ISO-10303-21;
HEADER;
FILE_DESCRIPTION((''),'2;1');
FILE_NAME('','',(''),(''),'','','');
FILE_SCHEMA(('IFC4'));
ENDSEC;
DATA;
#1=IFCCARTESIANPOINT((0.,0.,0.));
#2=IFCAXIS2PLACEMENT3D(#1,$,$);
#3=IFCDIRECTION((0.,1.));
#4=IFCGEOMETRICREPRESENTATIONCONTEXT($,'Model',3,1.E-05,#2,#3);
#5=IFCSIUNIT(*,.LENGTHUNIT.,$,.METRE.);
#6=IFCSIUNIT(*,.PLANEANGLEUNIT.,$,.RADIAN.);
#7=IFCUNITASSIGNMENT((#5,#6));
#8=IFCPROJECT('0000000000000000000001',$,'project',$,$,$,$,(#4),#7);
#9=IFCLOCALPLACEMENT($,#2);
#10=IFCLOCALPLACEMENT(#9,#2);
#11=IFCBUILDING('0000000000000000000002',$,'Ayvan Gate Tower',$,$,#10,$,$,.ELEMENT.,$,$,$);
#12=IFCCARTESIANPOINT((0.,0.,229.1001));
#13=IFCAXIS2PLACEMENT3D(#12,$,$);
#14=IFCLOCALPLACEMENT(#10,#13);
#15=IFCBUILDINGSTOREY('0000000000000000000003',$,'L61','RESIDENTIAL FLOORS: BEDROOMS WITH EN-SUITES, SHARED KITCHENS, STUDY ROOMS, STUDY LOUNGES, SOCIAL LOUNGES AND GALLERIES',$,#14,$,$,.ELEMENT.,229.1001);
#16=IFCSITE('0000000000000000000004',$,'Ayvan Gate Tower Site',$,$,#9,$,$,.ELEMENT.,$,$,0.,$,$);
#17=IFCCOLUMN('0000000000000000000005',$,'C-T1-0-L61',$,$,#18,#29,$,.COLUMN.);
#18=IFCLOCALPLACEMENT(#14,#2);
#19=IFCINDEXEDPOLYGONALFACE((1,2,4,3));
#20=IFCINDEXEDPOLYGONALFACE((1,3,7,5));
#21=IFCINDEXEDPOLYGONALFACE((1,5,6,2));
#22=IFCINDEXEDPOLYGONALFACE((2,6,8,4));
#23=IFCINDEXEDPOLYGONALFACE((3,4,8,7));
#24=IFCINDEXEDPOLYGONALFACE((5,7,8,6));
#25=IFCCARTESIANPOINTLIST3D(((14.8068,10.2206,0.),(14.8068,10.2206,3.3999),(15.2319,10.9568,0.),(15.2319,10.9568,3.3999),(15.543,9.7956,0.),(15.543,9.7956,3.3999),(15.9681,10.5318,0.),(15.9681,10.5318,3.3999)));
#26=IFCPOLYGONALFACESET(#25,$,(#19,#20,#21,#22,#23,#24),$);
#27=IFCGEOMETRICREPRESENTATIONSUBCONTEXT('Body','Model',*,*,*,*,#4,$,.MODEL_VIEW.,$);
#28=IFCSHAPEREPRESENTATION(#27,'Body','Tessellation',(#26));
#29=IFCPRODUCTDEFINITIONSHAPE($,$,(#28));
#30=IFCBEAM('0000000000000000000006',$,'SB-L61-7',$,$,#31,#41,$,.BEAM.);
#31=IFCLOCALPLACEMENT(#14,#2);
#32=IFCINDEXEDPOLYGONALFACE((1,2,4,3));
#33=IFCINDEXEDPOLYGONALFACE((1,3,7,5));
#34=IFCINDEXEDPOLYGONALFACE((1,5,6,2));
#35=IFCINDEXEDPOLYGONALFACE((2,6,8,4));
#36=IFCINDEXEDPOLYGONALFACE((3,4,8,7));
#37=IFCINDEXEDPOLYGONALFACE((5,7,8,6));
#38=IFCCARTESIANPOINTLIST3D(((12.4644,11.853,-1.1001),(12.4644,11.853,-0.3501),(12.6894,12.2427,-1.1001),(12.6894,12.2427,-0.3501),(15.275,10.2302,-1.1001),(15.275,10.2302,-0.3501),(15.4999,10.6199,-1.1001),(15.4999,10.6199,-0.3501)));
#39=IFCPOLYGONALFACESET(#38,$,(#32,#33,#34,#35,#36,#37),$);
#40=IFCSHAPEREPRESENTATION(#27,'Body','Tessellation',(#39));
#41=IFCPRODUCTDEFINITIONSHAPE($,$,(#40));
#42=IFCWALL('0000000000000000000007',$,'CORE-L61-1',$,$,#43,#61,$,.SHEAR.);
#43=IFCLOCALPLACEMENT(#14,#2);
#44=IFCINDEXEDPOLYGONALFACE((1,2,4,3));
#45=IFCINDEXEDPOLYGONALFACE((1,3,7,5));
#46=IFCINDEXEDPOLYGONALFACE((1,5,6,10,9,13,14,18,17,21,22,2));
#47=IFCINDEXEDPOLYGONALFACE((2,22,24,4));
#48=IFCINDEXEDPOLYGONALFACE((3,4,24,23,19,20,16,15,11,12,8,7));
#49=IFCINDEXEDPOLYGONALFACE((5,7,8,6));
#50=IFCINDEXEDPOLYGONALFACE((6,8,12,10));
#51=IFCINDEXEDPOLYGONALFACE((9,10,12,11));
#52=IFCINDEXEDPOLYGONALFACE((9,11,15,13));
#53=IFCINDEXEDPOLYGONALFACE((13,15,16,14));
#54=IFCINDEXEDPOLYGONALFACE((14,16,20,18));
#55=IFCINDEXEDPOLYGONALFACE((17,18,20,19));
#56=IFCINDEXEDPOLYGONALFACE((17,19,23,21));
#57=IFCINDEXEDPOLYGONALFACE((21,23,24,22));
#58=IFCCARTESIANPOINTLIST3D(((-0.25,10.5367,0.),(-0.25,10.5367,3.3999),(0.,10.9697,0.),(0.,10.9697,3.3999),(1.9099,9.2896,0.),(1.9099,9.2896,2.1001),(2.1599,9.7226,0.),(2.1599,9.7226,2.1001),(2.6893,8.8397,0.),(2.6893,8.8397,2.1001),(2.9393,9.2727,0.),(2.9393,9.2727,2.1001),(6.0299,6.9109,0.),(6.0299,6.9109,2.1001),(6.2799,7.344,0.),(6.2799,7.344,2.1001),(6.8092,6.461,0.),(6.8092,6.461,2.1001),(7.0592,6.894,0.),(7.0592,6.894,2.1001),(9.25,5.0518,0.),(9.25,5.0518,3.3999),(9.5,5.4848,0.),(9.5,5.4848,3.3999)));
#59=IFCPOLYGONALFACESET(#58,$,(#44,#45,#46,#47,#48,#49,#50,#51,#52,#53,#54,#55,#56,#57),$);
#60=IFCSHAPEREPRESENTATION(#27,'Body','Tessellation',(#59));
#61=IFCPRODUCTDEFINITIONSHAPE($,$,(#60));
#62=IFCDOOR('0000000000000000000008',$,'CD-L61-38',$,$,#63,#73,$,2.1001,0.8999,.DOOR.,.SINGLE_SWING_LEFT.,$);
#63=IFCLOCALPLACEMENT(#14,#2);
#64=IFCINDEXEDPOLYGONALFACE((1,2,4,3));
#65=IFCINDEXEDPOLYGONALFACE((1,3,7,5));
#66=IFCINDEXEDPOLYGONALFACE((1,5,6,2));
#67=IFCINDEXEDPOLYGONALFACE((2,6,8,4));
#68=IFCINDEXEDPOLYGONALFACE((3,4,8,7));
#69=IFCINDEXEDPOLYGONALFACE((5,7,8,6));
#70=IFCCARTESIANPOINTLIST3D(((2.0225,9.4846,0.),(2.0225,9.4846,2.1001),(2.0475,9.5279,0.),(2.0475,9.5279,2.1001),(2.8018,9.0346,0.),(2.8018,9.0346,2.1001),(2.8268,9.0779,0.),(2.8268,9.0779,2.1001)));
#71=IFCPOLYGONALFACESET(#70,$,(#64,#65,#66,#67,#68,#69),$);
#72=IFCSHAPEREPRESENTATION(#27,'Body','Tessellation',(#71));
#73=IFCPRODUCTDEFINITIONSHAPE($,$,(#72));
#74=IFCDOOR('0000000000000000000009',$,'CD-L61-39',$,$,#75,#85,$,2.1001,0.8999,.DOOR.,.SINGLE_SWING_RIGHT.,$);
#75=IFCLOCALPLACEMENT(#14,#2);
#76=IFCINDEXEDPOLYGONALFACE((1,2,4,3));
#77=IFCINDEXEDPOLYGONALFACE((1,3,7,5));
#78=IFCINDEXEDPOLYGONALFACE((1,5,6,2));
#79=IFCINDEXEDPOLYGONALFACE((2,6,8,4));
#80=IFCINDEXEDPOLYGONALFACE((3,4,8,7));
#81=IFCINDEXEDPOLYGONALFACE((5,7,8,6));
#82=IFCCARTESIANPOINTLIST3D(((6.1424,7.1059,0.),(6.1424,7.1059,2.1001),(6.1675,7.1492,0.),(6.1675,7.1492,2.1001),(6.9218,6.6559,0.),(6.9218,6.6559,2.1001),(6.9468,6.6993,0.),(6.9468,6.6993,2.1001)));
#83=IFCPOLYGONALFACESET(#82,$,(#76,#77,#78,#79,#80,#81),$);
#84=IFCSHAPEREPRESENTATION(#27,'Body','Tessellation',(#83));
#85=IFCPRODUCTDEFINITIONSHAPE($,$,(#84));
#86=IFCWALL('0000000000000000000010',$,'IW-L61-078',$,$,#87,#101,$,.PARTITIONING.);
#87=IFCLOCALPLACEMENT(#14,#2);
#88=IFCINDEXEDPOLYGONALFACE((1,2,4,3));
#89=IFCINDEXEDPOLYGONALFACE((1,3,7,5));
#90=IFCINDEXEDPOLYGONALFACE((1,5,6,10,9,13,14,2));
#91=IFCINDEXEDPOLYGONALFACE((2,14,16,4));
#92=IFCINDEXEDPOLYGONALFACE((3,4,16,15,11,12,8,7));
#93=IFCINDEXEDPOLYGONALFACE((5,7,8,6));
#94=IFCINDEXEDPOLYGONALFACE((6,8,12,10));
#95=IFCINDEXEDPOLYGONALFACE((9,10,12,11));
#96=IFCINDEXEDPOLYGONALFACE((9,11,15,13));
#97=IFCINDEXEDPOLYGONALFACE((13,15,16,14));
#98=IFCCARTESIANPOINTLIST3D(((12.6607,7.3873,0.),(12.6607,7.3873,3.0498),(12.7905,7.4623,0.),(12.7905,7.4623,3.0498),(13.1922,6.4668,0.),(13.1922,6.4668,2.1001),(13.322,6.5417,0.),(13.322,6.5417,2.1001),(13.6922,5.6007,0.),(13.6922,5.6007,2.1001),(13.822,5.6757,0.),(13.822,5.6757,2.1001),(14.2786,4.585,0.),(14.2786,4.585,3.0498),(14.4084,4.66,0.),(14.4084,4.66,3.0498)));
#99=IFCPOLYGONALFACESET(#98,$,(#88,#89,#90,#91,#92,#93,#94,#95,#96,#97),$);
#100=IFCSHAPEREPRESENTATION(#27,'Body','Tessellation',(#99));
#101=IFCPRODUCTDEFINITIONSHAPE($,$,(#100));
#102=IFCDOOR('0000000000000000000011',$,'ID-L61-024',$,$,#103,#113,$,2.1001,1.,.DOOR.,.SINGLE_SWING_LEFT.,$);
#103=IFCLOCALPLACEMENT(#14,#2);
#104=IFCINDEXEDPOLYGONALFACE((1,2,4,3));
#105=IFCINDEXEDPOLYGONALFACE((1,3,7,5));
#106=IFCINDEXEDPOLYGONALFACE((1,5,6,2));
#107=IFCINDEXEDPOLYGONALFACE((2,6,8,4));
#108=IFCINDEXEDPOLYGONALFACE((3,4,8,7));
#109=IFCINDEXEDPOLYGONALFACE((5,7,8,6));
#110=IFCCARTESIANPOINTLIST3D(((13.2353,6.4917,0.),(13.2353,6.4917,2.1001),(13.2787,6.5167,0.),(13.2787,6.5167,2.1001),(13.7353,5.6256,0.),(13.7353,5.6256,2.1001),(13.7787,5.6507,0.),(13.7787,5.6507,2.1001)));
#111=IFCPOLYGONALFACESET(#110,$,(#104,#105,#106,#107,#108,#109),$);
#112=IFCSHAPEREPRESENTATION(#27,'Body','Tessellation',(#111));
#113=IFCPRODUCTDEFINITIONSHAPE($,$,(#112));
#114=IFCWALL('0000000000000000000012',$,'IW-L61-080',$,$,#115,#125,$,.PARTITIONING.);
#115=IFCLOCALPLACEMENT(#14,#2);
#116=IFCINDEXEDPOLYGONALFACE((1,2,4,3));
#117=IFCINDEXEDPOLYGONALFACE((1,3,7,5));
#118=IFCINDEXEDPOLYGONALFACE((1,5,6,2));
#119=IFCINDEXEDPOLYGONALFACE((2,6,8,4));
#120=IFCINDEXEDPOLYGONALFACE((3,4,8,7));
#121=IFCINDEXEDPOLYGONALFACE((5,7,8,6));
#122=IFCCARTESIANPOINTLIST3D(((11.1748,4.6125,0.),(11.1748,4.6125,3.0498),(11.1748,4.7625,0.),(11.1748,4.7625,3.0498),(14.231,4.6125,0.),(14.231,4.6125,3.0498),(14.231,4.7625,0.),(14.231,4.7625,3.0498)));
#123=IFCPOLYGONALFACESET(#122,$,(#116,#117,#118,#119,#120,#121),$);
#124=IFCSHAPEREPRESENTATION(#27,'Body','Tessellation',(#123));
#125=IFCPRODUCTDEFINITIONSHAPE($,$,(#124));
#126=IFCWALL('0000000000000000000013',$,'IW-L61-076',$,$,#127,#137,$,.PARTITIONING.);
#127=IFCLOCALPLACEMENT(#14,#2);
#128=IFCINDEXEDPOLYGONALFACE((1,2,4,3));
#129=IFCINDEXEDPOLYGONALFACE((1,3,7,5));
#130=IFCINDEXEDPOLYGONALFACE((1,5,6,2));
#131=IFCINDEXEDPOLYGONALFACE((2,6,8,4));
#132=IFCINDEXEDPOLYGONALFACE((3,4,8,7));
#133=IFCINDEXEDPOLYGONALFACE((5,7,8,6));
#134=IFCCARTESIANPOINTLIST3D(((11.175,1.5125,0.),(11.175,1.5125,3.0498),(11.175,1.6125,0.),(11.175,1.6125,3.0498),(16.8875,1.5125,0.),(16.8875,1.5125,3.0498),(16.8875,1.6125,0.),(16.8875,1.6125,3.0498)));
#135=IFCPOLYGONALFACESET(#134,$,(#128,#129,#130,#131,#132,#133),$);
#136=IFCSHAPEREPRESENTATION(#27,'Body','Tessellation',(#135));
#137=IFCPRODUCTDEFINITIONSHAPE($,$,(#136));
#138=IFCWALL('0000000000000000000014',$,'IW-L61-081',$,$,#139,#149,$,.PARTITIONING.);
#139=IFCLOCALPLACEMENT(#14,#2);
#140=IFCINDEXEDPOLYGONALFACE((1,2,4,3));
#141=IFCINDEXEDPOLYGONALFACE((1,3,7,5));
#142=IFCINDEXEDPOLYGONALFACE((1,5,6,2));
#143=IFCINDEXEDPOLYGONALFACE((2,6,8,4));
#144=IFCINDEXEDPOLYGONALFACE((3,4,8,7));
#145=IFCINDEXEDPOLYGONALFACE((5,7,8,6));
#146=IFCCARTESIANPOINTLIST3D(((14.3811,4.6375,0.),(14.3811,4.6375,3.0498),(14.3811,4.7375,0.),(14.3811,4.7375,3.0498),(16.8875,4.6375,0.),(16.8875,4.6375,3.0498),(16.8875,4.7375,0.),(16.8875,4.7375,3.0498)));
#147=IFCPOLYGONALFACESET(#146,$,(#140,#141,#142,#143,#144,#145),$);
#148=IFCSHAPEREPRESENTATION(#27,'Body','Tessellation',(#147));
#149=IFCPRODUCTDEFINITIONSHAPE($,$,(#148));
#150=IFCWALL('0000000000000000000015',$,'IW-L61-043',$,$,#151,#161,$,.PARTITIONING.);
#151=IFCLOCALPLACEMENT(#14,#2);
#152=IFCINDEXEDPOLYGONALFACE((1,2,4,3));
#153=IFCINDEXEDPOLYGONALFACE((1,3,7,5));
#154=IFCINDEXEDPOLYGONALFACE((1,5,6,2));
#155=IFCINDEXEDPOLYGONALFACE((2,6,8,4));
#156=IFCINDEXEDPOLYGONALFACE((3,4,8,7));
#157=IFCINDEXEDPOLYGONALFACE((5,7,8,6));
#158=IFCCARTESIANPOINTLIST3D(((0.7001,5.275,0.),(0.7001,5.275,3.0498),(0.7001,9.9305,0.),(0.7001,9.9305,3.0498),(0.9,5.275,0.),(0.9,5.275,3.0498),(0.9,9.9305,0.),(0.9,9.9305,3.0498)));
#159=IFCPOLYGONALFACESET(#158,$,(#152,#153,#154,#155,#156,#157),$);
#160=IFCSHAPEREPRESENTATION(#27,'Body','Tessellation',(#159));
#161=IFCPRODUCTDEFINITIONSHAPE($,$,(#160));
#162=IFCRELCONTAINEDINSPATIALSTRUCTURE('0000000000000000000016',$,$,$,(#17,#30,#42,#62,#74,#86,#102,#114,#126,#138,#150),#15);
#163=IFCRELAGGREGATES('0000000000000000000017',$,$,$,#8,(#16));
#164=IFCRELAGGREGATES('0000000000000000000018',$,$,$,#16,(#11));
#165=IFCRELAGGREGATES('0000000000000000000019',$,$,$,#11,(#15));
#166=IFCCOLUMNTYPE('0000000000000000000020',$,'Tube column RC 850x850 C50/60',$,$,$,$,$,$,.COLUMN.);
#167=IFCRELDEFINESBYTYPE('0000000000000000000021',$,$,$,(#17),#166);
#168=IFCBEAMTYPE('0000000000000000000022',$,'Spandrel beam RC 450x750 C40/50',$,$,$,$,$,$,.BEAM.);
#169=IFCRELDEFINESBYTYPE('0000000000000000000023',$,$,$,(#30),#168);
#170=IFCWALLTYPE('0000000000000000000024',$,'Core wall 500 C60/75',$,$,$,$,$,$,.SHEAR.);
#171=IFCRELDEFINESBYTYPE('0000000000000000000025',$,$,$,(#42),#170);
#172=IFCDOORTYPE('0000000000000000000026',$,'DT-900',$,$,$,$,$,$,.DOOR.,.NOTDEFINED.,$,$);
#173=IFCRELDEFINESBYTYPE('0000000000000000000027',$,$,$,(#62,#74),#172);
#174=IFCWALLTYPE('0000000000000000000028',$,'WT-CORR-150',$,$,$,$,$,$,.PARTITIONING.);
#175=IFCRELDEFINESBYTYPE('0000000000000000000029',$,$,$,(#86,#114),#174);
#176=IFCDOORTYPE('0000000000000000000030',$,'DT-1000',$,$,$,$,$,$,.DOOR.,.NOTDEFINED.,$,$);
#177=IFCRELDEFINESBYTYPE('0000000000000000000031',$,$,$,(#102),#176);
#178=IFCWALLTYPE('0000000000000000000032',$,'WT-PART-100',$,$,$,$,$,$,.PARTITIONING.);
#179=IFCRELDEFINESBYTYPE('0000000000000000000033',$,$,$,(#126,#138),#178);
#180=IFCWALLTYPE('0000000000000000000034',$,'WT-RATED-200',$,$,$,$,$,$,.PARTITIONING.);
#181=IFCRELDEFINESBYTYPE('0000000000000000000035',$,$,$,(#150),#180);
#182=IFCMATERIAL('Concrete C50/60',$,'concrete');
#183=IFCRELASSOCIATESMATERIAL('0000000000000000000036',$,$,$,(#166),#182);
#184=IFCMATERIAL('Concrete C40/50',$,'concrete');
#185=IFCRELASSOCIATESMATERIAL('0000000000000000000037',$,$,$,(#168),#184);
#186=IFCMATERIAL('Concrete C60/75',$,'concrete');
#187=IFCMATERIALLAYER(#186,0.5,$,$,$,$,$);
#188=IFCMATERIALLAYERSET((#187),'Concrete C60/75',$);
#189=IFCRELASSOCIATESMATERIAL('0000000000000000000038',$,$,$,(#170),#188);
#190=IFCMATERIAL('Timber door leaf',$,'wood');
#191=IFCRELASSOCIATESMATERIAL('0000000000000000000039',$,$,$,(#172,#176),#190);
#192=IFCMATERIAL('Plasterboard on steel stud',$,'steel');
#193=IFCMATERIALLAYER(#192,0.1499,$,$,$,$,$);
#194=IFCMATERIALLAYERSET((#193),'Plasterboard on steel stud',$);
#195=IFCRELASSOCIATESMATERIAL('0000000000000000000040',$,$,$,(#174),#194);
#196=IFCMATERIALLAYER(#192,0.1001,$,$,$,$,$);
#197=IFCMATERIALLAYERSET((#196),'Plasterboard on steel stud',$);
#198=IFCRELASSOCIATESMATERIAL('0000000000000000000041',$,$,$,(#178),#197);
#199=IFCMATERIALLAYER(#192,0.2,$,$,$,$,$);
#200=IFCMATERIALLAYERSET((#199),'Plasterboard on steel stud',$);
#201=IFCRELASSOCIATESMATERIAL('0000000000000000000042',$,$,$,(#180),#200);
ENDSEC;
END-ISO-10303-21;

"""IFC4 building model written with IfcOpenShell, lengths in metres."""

from ifc_helpers import new_model, si_unit, direction, frame, frame_2d, origin, origin_2d, place, context, subcontext, project, spatial, rectangle, extrude, material, layer, layer_set, material_profile, profile_set, type_object, element, fill, save


model = new_model("IFC4")

# Units and contexts
model_context = context("Model", 3, precision=1e-05, world=origin(), true_north=direction((0.0, 1.0)))
body_context = subcontext(model_context, "Body", "Model", "MODEL_VIEW")
ifc_project = project(units=[si_unit("LENGTHUNIT", "METRE"), si_unit("PLANEANGLEUNIT", "RADIAN")], contexts=[model_context])

# Site, building, storey
site_placement = place(None, origin())
site = spatial("IfcSite", under=ifc_project, at=site_placement, Name="Ayvan Gate Tower Site", CompositionType="ELEMENT", RefElevation=0.0)
building_placement = place(site_placement, origin())
building = spatial("IfcBuilding", under=site, at=building_placement, Name="Ayvan Gate Tower", CompositionType="ELEMENT")
storey_placement = place(building_placement, frame((0.0, 0.0, 229.1001)))
storey = spatial("IfcBuildingStorey", under=building, at=storey_placement, Name="L61", Description="RESIDENTIAL FLOORS: BEDROOMS WITH EN-SUITES, SHARED KITCHENS, STUDY ROOMS, STUDY LOUNGES, SOCIAL LOUNGES AND GALLERIES", CompositionType="ELEMENT", Elevation=229.1001)

# Column
ifc_material_1 = material(Name="Concrete C50/60", Category="concrete")
ifc_material_profile_1 = material_profile(ifc_material_1, rectangle(XDim=0.8501, YDim=0.8501, at=origin_2d()), Name="RC 850x850")
ifc_profile_set_1 = profile_set([ifc_material_profile_1], Name="Concrete C50/60")
column_type = type_object("IfcColumnType", Name="Tube column RC 850x850 C50/60", PredefinedType="COLUMN", material=ifc_profile_set_1)
column_placement = place(storey_placement, frame((15.3875, 10.3762, 0.0), z_axis=(0.0, 0.0, 1.0), x_axis=(0.5, 0.866025, 0.0)))
element("IfcColumn", 1, at=column_placement, inside=storey, type_object=column_type, Name="C-T1-0-L61", PredefinedType="COLUMN", context=body_context, shape_type="SweptSolid", body=[
    extrude(rectangle(XDim=0.8501, YDim=0.8501, at=origin_2d()), origin(), (0.0, 0.0, 1.0), 3.3999),
])

# Beam
ifc_material_2 = material(Name="Concrete C40/50", Category="concrete")
ifc_material_profile_2 = material_profile(ifc_material_2, rectangle(XDim=0.45, YDim=0.75, at=origin_2d()), Name="RC 450x750")
ifc_profile_set_2 = profile_set([ifc_material_profile_2], Name="Concrete C40/50")
beam_type = type_object("IfcBeamType", Name="Spandrel beam RC 450x750 C40/50", PredefinedType="BEAM", material=ifc_profile_set_2)
beam_placement = place(storey_placement, frame((15.3875, 10.425, -0.7251), z_axis=(-0.866008, 0.500031, 0.0), x_axis=(-0.500031, -0.866008, 0.0)))
element("IfcBeam", 2, at=beam_placement, inside=storey, type_object=beam_type, Name="SB-L61-7", PredefinedType="BEAM", context=body_context, shape_type="SweptSolid", body=[
    extrude(rectangle(XDim=0.45, YDim=0.75, at=origin_2d()), origin(), (0.0, 0.0, 1.0), 3.2454),
])

# Wall, openings, doors
ifc_material_3 = material(Name="Concrete C60/75", Category="concrete")
ifc_layer_1 = layer(ifc_material_3, 0.5)
ifc_layer_set_1 = layer_set([ifc_layer_1], Name="Concrete C60/75")
wall_type_1 = type_object("IfcWallType", Name="Core wall 500 C60/75", PredefinedType="SHEAR", material=ifc_layer_set_1)
wall_1_placement = place(storey_placement, frame((9.375, 5.2683, 0.0), z_axis=(0.0, 0.0, 1.0), x_axis=(-0.866024, 0.500002, 0.0)))
wall_1 = element("IfcWall", 3, at=wall_1_placement, inside=storey, type_object=wall_type_1, Name="CORE-L61-1", PredefinedType="SHEAR", context=body_context, shape_type="SweptSolid", body=[
    extrude(rectangle(XDim=10.9697, YDim=0.5, at=frame_2d((5.4849, 0.0))), origin(), (0.0, 0.0, 1.0), 3.3999),
])
opening_1_placement = place(wall_1_placement, frame((7.5757, 0.0, 0.0)))
opening_1 = element("IfcOpeningElement", 4, at=opening_1_placement, cuts=wall_1, PredefinedType="OPENING", context=body_context, shape_type="SweptSolid", body=[
    extrude(rectangle(XDim=0.8999, YDim=2.1001, at=frame_2d((0.45, 1.05))), frame((0.0, 0.26, 0.0), z_axis=(0.0, -1.0, 0.0), x_axis=(1.0, 0.0, 0.0)), (0.0, 0.0, 1.0), 0.52),
])
opening_2_placement = place(wall_1_placement, frame((2.8184, 0.0, 0.0)))
opening_2 = element("IfcOpeningElement", 5, at=opening_2_placement, cuts=wall_1, PredefinedType="OPENING", context=body_context, shape_type="SweptSolid", body=[
    extrude(rectangle(XDim=0.8999, YDim=2.1001, at=frame_2d((0.45, 1.05))), frame((0.0, 0.26, 0.0), z_axis=(0.0, -1.0, 0.0), x_axis=(1.0, 0.0, 0.0)), (0.0, 0.0, 1.0), 0.52),
])
ifc_material_4 = material(Name="Timber door leaf", Category="wood")
door_type_1 = type_object("IfcDoorType", Name="DT-900", OperationType="NOTDEFINED", PredefinedType="DOOR", material=ifc_material_4)
door_1_placement = place(opening_1_placement, origin())
door_1 = element("IfcDoor", 6, at=door_1_placement, inside=storey, type_object=door_type_1, Name="CD-L61-38", OperationType="SINGLE_SWING_LEFT", OverallHeight=2.1001, OverallWidth=0.8999, PredefinedType="DOOR", context=body_context, shape_type="SweptSolid", body=[
    extrude(rectangle(XDim=0.8999, YDim=2.1001, at=frame_2d((0.45, 1.05))), frame((0.0, 0.0249, 0.0), z_axis=(0.0, -1.0, 0.0), x_axis=(1.0, 0.0, 0.0)), (0.0, 0.0, 1.0), 0.05),
])
fill(opening_1, door_1)
door_2_placement = place(opening_2_placement, origin())
door_2 = element("IfcDoor", 7, at=door_2_placement, inside=storey, type_object=door_type_1, Name="CD-L61-39", OperationType="SINGLE_SWING_RIGHT", OverallHeight=2.1001, OverallWidth=0.8999, PredefinedType="DOOR", context=body_context, shape_type="SweptSolid", body=[
    extrude(rectangle(XDim=0.8999, YDim=2.1001, at=frame_2d((0.45, 1.05))), frame((0.0, 0.0249, 0.0), z_axis=(0.0, -1.0, 0.0), x_axis=(1.0, 0.0, 0.0)), (0.0, 0.0, 1.0), 0.05),
])
fill(opening_2, door_2)

# Wall, opening, door
ifc_material_5 = material(Name="Plasterboard on steel stud", Category="steel")
ifc_layer_2 = layer(ifc_material_5, 0.1499)
ifc_layer_set_2 = layer_set([ifc_layer_2], Name="Plasterboard on steel stud")
wall_type_2 = type_object("IfcWallType", Name="WT-CORR-150", PredefinedType="PARTITIONING", material=ifc_layer_set_2)
wall_2_placement = place(storey_placement, frame((12.7256, 7.4248, 0.0), z_axis=(0.0, 0.0, 1.0), x_axis=(0.50001, -0.86602, 0.0)))
wall_2 = element("IfcWall", 8, at=wall_2_placement, inside=storey, type_object=wall_type_2, Name="IW-L61-078", PredefinedType="PARTITIONING", context=body_context, shape_type="SweptSolid", body=[
    extrude(rectangle(XDim=3.2358, YDim=0.1499, at=frame_2d((1.6179, 0.0))), origin(), (0.0, 0.0, 1.0), 3.0498),
])
opening_3_placement = place(wall_2_placement, frame((1.063, 0.0, 0.0)))
opening_3 = element("IfcOpeningElement", 9, at=opening_3_placement, cuts=wall_2, PredefinedType="OPENING", context=body_context, shape_type="SweptSolid", body=[
    extrude(rectangle(XDim=1.0, YDim=2.1001, at=frame_2d((0.5, 1.05))), frame((0.0, 0.085, 0.0), z_axis=(0.0, -1.0, 0.0), x_axis=(1.0, 0.0, 0.0)), (0.0, 0.0, 1.0), 0.1699),
])
door_type_2 = type_object("IfcDoorType", Name="DT-1000", OperationType="NOTDEFINED", PredefinedType="DOOR", material=ifc_material_4)
door_3_placement = place(opening_3_placement, origin())
door_3 = element("IfcDoor", 10, at=door_3_placement, inside=storey, type_object=door_type_2, Name="ID-L61-024", OperationType="SINGLE_SWING_LEFT", OverallHeight=2.1001, OverallWidth=1.0, PredefinedType="DOOR", context=body_context, shape_type="SweptSolid", body=[
    extrude(rectangle(XDim=1.0, YDim=2.1001, at=frame_2d((0.5, 1.05))), frame((0.0, 0.0249, 0.0), z_axis=(0.0, -1.0, 0.0), x_axis=(1.0, 0.0, 0.0)), (0.0, 0.0, 1.0), 0.05),
])
fill(opening_3, door_3)

# Walls
wall_3_placement = place(storey_placement, frame((14.231, 4.6875, 0.0), z_axis=(0.0, 0.0, 1.0), x_axis=(-1.0, 0.0, 0.0)))
element("IfcWall", 11, at=wall_3_placement, inside=storey, type_object=wall_type_2, Name="IW-L61-080", PredefinedType="PARTITIONING", context=body_context, shape_type="SweptSolid", body=[
    extrude(rectangle(XDim=3.0562, YDim=0.1499, at=frame_2d((1.5281, 0.0))), origin(), (0.0, 0.0, 1.0), 3.0498),
])
ifc_layer_3 = layer(ifc_material_5, 0.1001)
ifc_layer_set_3 = layer_set([ifc_layer_3], Name="Plasterboard on steel stud")
wall_type_3 = type_object("IfcWallType", Name="WT-PART-100", PredefinedType="PARTITIONING", material=ifc_layer_set_3)
wall_4_placement = place(storey_placement, frame((11.175, 1.5625, 0.0), z_axis=(0.0, 0.0, 1.0), x_axis=(1.0, 0.0, 0.0)))
element("IfcWall", 12, at=wall_4_placement, inside=storey, type_object=wall_type_3, Name="IW-L61-076", PredefinedType="PARTITIONING", context=body_context, shape_type="SweptSolid", body=[
    extrude(rectangle(XDim=5.7124, YDim=0.1001, at=frame_2d((2.8562, 0.0))), origin(), (0.0, 0.0, 1.0), 3.0498),
])
wall_5_placement = place(storey_placement, frame((14.3811, 4.6875, 0.0), z_axis=(0.0, 0.0, 1.0), x_axis=(1.0, 0.0, 0.0)))
element("IfcWall", 13, at=wall_5_placement, inside=storey, type_object=wall_type_3, Name="IW-L61-081", PredefinedType="PARTITIONING", context=body_context, shape_type="SweptSolid", body=[
    extrude(rectangle(XDim=2.5063, YDim=0.1001, at=frame_2d((1.2532, 0.0))), origin(), (0.0, 0.0, 1.0), 3.0498),
])
ifc_layer_4 = layer(ifc_material_5, 0.2)
ifc_layer_set_4 = layer_set([ifc_layer_4], Name="Plasterboard on steel stud")
wall_type_4 = type_object("IfcWallType", Name="WT-RATED-200", PredefinedType="PARTITIONING", material=ifc_layer_set_4)
wall_6_placement = place(storey_placement, frame((0.8, 9.9304, 0.0), z_axis=(0.0, 0.0, 1.0), x_axis=(0.0, -1.0, 0.0)))
element("IfcWall", 14, at=wall_6_placement, inside=storey, type_object=wall_type_4, Name="IW-L61-043", PredefinedType="PARTITIONING", context=body_context, shape_type="SweptSolid", body=[
    extrude(rectangle(XDim=4.6555, YDim=0.2, at=frame_2d((2.3276, 0.0))), origin(), (0.0, 0.0, 1.0), 3.0498),
])

save(model, "model.ifc")
